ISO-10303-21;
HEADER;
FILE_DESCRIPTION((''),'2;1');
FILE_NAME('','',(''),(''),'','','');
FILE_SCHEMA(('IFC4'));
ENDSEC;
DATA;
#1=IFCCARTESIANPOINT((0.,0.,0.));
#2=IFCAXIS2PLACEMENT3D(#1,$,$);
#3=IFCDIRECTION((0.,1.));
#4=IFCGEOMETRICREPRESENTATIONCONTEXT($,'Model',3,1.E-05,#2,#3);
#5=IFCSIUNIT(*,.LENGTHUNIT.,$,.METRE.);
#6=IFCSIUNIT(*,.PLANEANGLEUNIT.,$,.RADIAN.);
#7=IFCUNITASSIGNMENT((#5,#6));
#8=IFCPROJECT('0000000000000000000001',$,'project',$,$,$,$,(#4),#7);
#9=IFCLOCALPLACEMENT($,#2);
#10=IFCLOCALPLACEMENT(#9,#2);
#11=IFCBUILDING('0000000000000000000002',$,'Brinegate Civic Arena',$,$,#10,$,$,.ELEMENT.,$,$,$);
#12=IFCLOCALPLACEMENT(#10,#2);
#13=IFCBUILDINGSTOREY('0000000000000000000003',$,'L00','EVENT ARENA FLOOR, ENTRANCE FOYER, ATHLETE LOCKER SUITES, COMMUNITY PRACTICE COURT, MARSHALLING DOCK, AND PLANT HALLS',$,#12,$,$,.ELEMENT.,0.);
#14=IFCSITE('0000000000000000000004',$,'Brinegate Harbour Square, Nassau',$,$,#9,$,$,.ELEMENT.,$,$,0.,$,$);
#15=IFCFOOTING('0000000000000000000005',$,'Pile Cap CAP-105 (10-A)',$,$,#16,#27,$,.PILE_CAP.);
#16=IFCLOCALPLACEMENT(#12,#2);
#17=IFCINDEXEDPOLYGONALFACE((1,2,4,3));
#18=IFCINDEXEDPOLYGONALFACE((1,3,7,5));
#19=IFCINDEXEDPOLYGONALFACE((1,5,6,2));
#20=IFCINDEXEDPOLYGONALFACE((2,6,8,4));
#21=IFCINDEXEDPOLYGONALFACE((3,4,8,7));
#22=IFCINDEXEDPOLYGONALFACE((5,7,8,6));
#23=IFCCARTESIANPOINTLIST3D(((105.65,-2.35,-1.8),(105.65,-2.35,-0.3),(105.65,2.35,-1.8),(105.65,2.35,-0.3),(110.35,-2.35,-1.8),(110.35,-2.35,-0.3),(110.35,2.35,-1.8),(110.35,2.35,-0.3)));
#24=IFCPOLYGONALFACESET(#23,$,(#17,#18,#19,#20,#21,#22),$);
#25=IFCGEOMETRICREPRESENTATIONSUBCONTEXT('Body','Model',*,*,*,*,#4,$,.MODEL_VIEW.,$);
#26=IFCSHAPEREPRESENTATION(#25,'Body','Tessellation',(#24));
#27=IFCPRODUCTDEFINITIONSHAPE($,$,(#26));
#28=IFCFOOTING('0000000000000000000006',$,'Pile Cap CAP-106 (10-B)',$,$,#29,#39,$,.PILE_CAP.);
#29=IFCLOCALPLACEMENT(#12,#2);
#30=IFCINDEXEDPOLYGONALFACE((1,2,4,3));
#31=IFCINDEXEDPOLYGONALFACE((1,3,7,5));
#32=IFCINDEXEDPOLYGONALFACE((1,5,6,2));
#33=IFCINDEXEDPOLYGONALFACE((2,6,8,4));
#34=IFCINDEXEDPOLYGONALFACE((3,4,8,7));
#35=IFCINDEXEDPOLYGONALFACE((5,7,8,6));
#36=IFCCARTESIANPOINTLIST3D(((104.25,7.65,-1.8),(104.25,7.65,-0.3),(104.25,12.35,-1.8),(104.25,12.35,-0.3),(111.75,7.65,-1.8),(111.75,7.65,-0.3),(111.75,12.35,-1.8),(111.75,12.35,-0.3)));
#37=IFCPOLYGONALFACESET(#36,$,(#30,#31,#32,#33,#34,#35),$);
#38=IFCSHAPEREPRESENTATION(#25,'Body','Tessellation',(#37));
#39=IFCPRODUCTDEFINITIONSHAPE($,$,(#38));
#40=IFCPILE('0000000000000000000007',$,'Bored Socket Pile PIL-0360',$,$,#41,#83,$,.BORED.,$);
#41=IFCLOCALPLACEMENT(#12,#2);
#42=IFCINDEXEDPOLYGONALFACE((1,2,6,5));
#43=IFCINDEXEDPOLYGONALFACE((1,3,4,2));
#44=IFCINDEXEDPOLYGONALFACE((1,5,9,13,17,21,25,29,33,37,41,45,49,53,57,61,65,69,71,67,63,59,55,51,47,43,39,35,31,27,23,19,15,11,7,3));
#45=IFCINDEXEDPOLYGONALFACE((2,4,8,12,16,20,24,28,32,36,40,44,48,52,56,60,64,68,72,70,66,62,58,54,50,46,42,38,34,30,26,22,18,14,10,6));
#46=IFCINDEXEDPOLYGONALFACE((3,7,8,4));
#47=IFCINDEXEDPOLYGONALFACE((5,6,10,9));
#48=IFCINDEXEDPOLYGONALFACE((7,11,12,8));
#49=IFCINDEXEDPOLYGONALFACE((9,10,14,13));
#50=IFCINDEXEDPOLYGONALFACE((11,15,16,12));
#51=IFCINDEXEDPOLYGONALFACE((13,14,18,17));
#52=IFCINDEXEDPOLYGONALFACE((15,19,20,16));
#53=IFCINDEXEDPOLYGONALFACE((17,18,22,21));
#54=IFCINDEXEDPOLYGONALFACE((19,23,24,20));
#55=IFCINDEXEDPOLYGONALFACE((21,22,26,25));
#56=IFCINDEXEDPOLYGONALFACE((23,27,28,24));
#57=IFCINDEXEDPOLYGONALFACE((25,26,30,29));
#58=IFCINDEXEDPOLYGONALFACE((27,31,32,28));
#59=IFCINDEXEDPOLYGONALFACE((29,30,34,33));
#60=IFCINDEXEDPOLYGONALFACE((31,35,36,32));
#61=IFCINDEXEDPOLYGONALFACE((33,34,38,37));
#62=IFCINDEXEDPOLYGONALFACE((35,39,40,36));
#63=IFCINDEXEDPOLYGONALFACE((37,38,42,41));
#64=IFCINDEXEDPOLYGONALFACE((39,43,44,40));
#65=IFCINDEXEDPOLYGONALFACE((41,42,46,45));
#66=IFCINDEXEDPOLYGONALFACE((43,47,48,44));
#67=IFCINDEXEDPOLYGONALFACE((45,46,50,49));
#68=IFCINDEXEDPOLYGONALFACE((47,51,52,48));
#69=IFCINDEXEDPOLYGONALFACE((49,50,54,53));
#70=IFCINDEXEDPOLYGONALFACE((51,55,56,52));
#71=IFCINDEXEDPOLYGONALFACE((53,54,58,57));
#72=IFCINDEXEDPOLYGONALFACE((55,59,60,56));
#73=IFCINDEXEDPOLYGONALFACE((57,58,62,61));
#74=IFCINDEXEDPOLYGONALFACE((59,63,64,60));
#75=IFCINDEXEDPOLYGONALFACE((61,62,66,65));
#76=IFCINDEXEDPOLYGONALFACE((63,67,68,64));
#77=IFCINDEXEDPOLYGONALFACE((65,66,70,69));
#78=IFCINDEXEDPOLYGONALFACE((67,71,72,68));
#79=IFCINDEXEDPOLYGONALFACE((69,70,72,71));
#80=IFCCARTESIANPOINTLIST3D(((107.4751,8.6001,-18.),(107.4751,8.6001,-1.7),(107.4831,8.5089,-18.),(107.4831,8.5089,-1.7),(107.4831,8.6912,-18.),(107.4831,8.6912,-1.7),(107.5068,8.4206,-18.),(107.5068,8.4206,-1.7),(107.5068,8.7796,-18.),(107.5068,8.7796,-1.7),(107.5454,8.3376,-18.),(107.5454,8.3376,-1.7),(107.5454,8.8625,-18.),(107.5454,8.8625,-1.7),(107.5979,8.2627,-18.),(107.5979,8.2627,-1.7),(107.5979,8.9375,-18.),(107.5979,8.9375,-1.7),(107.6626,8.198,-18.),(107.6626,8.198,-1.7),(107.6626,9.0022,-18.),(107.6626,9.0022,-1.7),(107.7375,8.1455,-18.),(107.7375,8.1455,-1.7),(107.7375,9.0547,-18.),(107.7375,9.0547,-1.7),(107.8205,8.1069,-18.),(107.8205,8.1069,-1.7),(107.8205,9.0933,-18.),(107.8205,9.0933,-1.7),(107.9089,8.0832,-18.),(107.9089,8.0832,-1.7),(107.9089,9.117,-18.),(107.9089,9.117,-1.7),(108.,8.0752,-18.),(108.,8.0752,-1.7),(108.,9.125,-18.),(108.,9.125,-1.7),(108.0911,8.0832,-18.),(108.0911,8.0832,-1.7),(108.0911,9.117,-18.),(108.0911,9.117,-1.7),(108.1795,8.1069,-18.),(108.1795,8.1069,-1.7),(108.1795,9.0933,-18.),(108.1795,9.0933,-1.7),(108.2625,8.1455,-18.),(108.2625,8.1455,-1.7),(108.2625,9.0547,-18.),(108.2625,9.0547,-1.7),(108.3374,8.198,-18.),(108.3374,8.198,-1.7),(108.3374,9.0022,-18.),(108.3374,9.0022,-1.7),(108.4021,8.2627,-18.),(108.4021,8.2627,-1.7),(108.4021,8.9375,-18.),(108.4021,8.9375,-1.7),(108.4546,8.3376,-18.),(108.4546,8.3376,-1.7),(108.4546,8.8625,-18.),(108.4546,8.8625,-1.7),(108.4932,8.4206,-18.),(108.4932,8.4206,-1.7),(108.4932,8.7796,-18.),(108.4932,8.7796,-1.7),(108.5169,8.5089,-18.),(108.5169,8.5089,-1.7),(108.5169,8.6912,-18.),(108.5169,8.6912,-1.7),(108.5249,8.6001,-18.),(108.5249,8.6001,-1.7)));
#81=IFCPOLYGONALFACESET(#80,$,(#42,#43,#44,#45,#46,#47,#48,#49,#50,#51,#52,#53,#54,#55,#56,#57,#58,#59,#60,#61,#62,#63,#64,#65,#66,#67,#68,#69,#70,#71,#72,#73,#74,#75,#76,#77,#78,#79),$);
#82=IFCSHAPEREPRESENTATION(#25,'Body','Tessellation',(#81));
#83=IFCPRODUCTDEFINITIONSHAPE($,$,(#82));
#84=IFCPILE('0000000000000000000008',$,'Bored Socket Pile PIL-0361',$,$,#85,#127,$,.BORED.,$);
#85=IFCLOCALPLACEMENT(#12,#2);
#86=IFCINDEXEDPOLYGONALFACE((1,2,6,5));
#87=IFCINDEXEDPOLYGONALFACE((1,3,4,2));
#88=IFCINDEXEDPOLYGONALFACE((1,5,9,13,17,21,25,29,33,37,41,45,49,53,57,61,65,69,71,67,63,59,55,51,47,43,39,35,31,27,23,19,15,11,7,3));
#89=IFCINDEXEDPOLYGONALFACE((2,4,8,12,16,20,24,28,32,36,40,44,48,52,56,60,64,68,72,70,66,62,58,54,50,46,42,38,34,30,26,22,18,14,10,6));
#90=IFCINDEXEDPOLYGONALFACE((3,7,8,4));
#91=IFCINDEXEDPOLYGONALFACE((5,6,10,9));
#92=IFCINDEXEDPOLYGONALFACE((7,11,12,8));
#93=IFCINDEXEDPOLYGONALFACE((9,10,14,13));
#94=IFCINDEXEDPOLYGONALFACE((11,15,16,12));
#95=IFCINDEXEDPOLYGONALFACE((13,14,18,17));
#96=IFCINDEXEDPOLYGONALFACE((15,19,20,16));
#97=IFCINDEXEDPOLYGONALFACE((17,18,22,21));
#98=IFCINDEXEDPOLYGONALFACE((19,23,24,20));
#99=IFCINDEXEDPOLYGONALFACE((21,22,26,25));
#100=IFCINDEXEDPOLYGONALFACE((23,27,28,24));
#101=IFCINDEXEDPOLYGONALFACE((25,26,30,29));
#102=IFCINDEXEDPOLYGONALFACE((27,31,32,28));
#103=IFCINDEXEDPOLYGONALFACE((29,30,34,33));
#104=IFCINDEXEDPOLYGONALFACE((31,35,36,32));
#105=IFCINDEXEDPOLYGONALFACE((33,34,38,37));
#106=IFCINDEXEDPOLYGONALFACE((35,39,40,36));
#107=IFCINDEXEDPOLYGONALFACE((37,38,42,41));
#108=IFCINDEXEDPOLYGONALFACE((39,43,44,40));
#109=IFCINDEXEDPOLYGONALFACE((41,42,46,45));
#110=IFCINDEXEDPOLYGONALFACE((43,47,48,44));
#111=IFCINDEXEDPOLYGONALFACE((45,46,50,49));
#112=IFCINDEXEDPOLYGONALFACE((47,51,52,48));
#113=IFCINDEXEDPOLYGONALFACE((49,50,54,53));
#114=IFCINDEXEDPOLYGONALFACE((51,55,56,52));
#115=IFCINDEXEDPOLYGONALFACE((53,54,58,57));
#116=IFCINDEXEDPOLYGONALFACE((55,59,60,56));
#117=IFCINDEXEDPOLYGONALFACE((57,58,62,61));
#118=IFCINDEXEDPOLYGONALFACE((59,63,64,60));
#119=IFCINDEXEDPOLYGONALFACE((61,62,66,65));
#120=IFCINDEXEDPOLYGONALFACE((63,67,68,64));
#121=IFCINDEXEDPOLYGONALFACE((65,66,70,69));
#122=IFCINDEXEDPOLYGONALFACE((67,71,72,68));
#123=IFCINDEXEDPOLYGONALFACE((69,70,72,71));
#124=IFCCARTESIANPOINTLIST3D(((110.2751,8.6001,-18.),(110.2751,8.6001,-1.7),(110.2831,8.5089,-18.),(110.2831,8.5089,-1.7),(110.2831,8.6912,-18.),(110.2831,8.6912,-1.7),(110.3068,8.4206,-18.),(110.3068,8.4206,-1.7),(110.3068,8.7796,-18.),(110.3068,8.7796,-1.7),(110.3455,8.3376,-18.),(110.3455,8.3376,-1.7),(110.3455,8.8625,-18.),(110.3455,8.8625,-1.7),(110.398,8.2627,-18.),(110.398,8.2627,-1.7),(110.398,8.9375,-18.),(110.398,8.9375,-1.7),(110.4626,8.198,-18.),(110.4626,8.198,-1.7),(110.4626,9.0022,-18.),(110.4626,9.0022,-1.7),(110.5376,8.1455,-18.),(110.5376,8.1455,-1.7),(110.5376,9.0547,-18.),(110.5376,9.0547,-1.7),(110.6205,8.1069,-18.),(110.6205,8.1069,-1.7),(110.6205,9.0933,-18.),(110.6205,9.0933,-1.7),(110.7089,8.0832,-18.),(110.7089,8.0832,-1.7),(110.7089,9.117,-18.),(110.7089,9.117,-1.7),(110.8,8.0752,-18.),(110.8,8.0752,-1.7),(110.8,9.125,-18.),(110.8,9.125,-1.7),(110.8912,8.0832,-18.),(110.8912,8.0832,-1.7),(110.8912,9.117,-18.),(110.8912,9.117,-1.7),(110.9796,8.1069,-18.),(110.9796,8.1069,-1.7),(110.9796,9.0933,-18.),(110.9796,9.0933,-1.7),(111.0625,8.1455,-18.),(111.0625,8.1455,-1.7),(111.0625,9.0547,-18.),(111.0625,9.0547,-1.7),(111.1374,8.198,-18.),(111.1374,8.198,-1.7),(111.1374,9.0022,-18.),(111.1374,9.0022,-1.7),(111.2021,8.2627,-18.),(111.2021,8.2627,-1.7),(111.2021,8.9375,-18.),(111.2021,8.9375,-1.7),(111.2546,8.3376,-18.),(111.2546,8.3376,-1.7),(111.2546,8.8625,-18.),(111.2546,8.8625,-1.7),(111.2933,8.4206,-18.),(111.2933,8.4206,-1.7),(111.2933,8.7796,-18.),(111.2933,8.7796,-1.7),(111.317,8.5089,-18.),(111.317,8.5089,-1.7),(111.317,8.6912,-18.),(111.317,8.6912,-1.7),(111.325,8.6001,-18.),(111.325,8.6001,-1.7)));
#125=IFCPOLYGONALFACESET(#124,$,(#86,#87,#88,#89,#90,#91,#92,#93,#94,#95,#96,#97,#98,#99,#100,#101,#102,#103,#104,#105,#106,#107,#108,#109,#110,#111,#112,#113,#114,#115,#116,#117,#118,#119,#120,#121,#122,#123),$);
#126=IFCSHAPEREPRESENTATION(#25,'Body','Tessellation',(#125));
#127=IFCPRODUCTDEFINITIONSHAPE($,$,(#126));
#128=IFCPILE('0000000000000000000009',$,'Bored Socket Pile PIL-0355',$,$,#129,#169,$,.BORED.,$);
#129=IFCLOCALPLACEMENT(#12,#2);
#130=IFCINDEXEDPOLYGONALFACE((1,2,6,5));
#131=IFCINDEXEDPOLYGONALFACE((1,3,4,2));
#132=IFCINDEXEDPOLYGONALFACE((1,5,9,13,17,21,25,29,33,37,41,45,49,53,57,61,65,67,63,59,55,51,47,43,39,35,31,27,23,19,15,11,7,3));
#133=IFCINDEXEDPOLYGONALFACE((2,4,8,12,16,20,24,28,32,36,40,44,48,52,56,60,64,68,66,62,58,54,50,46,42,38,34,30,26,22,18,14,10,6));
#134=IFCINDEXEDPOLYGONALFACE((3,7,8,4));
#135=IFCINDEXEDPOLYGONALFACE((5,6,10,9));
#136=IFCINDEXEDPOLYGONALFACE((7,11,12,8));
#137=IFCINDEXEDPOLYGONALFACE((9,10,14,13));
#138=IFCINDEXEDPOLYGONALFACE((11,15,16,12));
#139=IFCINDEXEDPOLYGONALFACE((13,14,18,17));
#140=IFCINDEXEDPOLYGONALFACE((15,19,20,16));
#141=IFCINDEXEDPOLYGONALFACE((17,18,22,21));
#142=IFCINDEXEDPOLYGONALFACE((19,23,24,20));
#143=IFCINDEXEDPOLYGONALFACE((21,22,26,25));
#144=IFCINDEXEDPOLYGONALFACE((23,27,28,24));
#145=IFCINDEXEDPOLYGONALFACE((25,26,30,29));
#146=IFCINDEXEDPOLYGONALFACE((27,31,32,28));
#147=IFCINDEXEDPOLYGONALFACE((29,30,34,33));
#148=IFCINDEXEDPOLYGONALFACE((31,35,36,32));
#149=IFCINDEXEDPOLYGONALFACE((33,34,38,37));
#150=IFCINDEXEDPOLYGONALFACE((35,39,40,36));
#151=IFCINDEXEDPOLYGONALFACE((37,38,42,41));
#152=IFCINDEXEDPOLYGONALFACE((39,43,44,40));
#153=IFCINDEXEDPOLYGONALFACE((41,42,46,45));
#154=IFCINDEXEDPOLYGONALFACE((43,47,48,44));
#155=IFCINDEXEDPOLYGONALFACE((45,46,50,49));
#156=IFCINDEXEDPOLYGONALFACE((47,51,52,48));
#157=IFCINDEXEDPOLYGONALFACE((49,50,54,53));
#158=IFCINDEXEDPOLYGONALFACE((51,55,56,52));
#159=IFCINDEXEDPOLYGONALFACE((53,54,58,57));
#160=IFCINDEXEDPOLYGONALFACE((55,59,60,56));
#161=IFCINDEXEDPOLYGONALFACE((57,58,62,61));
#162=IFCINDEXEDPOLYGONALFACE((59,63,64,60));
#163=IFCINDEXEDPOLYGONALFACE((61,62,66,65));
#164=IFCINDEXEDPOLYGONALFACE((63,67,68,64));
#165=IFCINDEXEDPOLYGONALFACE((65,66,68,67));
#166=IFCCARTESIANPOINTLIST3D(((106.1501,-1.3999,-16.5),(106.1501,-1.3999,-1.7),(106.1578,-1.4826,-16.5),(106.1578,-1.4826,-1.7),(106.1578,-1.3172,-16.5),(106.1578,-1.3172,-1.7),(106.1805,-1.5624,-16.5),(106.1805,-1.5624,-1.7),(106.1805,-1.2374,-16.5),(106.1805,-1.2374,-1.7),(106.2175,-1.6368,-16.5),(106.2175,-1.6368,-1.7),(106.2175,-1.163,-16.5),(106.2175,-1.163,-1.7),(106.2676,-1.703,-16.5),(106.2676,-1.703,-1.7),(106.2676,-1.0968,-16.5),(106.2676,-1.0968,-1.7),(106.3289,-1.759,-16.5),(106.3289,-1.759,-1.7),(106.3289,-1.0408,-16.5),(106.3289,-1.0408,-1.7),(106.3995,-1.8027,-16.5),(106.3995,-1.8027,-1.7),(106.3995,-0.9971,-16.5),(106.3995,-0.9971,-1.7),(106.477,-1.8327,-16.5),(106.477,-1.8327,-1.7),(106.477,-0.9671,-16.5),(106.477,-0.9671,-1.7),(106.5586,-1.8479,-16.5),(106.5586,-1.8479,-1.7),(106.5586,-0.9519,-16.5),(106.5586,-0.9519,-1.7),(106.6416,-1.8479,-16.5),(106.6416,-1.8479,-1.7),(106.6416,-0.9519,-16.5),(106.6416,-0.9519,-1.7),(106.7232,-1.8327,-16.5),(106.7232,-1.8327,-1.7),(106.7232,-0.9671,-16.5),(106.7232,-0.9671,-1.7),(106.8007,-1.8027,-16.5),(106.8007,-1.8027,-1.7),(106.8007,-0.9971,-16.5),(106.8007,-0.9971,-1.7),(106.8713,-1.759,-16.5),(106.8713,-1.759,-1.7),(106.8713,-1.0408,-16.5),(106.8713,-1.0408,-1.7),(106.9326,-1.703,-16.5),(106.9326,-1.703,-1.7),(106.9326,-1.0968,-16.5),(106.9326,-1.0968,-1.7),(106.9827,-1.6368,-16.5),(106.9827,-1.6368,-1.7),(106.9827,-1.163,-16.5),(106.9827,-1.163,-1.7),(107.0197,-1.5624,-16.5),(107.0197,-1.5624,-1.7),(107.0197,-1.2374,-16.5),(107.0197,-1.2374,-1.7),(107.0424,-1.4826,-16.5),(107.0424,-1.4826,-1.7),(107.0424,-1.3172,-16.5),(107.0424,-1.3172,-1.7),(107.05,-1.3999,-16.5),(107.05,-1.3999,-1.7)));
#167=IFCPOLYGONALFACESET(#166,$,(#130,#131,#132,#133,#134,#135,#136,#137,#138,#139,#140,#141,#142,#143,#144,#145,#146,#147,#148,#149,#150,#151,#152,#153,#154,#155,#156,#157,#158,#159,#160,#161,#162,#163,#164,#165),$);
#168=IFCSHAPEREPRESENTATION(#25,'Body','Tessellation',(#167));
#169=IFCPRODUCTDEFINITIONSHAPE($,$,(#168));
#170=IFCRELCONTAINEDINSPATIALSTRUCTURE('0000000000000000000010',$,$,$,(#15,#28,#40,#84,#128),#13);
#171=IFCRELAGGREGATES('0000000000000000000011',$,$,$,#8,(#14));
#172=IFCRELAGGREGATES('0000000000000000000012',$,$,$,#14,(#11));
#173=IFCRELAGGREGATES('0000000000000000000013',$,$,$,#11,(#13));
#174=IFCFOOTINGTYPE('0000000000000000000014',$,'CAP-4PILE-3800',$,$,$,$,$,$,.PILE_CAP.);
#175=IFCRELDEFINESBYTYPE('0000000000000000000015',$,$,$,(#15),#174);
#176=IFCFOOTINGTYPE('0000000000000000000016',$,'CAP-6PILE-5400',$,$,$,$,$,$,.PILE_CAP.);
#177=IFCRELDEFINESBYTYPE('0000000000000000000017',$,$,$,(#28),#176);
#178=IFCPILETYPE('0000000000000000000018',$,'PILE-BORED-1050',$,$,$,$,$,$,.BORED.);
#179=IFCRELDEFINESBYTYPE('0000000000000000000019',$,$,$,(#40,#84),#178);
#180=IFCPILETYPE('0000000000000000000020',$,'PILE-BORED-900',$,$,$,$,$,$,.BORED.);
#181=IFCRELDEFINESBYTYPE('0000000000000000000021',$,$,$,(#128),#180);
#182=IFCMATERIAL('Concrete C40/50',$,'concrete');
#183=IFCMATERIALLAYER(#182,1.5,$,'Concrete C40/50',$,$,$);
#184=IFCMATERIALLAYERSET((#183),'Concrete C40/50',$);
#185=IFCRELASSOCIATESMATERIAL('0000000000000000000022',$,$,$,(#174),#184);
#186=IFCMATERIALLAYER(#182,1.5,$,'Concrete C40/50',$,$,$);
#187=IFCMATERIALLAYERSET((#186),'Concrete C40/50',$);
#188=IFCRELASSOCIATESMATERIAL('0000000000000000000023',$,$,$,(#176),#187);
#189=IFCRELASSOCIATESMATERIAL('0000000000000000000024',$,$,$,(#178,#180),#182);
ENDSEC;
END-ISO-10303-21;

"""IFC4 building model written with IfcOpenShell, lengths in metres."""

from ifc_helpers import new_model, si_unit, direction, frame, origin, origin_2d, place, context, subcontext, project, spatial, rectangle, circle, extrude, material, layer, layer_set, material_profile, profile_set, type_object, element, save


model = new_model("IFC4")

# Units and contexts
model_context = context("Model", 3, precision=1e-05, world=origin(), true_north=direction((0.0, 1.0)))
body_context = subcontext(model_context, "Body", "Model", "MODEL_VIEW")
ifc_project = project(units=[si_unit("LENGTHUNIT", "METRE"), si_unit("PLANEANGLEUNIT", "RADIAN")], contexts=[model_context])

# Site, building, storey
site_placement = place(None, origin())
site = spatial("IfcSite", under=ifc_project, at=site_placement, Name="Brinegate Harbour Square, Nassau", CompositionType="ELEMENT", RefElevation=0.0)
building_placement = place(site_placement, origin())
building = spatial("IfcBuilding", under=site, at=building_placement, Name="Brinegate Civic Arena", CompositionType="ELEMENT")
storey_placement = place(building_placement, origin())
storey = spatial("IfcBuildingStorey", under=building, at=storey_placement, Name="L00", Description="EVENT ARENA FLOOR, ENTRANCE FOYER, ATHLETE LOCKER SUITES, COMMUNITY PRACTICE COURT, MARSHALLING DOCK, AND PLANT HALLS", CompositionType="ELEMENT", Elevation=0.0)

# Footings
ifc_material_1 = material(Name="Concrete C40/50", Category="concrete")
ifc_layer_1 = layer(ifc_material_1, 1.5, Name="Concrete C40/50")
ifc_layer_set_1 = layer_set([ifc_layer_1], Name="Concrete C40/50")
footing_type_1 = type_object("IfcFootingType", Name="CAP-4PILE-3800", PredefinedType="PILE_CAP", material=ifc_layer_set_1)
footing_1_placement = place(storey_placement, frame((108.0, 0.0, -1.8), z_axis=(0.0, 0.0, 1.0), x_axis=(1.0, 0.0, 0.0)))
element("IfcFooting", 1, at=footing_1_placement, inside=storey, type_object=footing_type_1, Name="Pile Cap CAP-105 (10-A)", PredefinedType="PILE_CAP", context=body_context, shape_type="SweptSolid", body=[
    extrude(rectangle(XDim=4.7, YDim=4.7, at=origin_2d()), origin(), (0.0, 0.0, 1.0), 1.5),
])
ifc_layer_2 = layer(ifc_material_1, 1.5, Name="Concrete C40/50")
ifc_layer_set_2 = layer_set([ifc_layer_2], Name="Concrete C40/50")
footing_type_2 = type_object("IfcFootingType", Name="CAP-6PILE-5400", PredefinedType="PILE_CAP", material=ifc_layer_set_2)
footing_2_placement = place(storey_placement, frame((108.0, 10.0, -1.8), z_axis=(0.0, 0.0, 1.0), x_axis=(1.0, 0.0, 0.0)))
element("IfcFooting", 2, at=footing_2_placement, inside=storey, type_object=footing_type_2, Name="Pile Cap CAP-106 (10-B)", PredefinedType="PILE_CAP", context=body_context, shape_type="SweptSolid", body=[
    extrude(rectangle(XDim=7.5, YDim=4.7, at=origin_2d()), origin(), (0.0, 0.0, 1.0), 1.5),
])

# Piles
ifc_material_profile_1 = material_profile(ifc_material_1, circle(Radius=0.5249, at=origin_2d()), Name="PILED1050")
ifc_profile_set_1 = profile_set([ifc_material_profile_1], Name="Concrete C40/50")
pile_type_1 = type_object("IfcPileType", Name="PILE-BORED-1050", PredefinedType="BORED", material=ifc_profile_set_1)
for number, where, z_axis, x_axis, name in (
    (3, (108.0, 8.6001, -1.7), (0.0, 0.0, -1.0), (1.0, 0.0, 0.0), "Bored Socket Pile PIL-0360"),
    (4, (110.8, 8.6001, -1.7), (0.0, 0.0, -1.0), (1.0, 0.0, 0.0), "Bored Socket Pile PIL-0361"),
):
    element("IfcPile", number, at=place(storey_placement, frame(where, z_axis=z_axis, x_axis=x_axis)), inside=storey, type_object=pile_type_1, Name=name, PredefinedType="BORED", context=body_context, shape_type="SweptSolid", body=[
        extrude(circle(Radius=0.5249, at=origin_2d()), origin(), (0.0, 0.0, 1.0), 16.3),
    ])
ifc_material_profile_2 = material_profile(ifc_material_1, circle(Radius=0.45, at=origin_2d()), Name="PILED900")
ifc_profile_set_2 = profile_set([ifc_material_profile_2], Name="Concrete C40/50")
pile_type_2 = type_object("IfcPileType", Name="PILE-BORED-900", PredefinedType="BORED", material=ifc_profile_set_2)
for number, where, z_axis, x_axis, name in (
    (5, (106.6001, -1.3999, -1.7), (0.0, 0.0, -1.0), (1.0, 0.0, 0.0), "Bored Socket Pile PIL-0355"),
):
    element("IfcPile", number, at=place(storey_placement, frame(where, z_axis=z_axis, x_axis=x_axis)), inside=storey, type_object=pile_type_2, Name=name, PredefinedType="BORED", context=body_context, shape_type="SweptSolid", body=[
        extrude(circle(Radius=0.45, at=origin_2d()), origin(), (0.0, 0.0, 1.0), 14.8),
    ])

save(model, "model.ifc")
